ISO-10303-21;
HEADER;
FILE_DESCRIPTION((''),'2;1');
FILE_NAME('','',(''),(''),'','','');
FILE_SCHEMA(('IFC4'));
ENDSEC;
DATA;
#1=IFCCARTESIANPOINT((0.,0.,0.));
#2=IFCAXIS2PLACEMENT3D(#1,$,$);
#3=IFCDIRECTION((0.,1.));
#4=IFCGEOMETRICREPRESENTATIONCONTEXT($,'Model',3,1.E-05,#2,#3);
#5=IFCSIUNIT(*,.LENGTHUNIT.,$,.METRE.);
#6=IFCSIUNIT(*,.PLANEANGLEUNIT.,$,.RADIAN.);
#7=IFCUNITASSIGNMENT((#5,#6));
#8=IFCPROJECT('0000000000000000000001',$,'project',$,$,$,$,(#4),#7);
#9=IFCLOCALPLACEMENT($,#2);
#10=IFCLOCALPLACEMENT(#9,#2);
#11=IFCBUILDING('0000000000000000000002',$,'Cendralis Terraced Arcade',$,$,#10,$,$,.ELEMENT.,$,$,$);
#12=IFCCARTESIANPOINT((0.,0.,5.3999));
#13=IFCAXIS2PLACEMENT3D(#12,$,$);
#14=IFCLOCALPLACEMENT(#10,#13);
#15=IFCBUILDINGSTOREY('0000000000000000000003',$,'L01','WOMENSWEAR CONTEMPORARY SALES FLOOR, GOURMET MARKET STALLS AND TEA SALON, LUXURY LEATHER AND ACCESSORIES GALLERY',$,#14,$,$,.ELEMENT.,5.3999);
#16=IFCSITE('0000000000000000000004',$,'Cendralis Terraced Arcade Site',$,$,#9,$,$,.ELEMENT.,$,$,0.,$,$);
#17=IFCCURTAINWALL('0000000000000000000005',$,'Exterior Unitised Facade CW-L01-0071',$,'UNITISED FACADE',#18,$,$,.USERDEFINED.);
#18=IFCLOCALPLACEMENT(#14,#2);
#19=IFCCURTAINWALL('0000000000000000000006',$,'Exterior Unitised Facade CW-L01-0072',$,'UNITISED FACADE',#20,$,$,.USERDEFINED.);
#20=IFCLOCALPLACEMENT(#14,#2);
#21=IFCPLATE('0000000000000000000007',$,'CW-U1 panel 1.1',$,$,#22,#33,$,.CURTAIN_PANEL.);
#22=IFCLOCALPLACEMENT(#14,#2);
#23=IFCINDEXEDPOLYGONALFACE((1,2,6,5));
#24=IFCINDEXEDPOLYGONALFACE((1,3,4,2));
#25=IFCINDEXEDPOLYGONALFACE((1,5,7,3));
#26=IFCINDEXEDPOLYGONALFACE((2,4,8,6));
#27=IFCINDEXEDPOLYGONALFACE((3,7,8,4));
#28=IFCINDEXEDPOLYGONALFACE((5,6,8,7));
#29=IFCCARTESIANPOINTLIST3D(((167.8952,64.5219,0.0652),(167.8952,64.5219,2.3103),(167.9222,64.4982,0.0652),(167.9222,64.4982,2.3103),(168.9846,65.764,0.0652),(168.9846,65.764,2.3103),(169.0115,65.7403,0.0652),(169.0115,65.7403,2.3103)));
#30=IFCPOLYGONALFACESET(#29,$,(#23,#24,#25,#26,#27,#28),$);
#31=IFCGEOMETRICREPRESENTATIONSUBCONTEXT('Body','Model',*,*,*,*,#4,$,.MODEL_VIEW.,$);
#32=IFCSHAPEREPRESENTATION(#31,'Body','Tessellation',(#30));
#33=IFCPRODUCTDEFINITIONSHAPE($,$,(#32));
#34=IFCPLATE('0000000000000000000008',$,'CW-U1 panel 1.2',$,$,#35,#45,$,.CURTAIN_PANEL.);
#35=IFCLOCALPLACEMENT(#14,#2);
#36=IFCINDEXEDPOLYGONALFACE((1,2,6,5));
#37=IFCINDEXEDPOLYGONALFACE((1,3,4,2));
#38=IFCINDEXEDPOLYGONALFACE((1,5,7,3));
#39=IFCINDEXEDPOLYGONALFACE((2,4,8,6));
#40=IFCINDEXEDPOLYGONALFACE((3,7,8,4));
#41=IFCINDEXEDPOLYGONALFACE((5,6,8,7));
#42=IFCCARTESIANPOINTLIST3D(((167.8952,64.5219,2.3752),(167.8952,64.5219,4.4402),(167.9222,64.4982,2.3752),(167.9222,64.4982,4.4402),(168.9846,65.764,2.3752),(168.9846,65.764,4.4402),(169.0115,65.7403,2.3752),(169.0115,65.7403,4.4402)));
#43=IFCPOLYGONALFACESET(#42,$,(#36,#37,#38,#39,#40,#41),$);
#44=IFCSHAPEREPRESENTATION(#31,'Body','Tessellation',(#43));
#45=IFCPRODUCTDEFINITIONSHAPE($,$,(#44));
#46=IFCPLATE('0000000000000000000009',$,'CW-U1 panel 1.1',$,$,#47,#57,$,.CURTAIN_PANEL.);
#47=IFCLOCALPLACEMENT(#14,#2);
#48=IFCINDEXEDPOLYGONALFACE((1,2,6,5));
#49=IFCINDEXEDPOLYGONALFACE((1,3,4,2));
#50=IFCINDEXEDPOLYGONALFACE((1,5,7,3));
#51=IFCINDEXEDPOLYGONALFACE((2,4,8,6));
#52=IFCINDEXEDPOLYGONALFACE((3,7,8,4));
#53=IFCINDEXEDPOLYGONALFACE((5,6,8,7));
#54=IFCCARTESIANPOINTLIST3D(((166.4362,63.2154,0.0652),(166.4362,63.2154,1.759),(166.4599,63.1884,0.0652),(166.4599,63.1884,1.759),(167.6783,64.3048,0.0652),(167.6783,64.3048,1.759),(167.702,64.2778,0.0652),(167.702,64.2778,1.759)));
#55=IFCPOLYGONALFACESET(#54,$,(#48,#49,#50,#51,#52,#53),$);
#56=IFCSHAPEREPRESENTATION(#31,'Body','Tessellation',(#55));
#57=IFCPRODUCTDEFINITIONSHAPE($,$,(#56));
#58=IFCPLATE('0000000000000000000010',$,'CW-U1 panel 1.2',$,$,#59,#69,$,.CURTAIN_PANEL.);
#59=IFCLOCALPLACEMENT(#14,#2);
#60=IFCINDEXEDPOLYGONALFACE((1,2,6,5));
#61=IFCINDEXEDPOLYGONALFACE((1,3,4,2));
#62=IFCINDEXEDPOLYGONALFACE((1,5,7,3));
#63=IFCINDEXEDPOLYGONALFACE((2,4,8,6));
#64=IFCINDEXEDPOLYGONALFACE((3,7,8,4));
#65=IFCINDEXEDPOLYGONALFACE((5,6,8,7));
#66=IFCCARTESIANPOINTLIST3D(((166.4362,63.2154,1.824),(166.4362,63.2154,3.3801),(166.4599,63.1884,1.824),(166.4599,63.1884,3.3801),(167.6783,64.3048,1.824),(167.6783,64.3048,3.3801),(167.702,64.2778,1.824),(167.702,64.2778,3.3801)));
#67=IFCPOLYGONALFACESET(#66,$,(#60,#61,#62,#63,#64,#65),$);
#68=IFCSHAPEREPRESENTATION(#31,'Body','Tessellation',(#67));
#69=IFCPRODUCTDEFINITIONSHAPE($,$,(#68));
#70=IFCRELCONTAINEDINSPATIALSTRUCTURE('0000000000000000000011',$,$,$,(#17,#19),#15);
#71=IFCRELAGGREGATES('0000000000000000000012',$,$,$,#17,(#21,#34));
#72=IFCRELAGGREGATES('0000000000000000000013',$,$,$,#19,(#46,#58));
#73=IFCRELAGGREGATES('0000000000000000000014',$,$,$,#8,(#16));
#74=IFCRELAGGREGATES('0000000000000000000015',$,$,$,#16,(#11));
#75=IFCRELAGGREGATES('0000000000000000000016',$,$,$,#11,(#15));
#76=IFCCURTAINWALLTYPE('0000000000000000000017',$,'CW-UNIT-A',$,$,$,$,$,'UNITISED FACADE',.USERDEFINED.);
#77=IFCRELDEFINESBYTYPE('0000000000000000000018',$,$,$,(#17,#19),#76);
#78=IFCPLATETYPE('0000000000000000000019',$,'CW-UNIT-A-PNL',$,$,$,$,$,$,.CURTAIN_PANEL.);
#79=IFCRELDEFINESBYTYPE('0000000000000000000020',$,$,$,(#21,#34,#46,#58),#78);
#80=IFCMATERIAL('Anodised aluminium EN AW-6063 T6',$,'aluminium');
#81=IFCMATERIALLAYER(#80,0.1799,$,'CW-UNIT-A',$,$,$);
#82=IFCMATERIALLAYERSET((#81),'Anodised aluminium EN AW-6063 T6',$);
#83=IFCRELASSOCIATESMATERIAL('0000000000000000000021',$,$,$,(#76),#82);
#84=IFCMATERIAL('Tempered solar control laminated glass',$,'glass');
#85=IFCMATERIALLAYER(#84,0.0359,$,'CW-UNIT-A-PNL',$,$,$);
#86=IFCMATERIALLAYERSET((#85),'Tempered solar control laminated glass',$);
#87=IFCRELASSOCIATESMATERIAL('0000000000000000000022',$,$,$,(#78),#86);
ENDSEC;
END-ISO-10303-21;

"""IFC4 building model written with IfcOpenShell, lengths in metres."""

from ifc_helpers import new_model, si_unit, direction, frame, origin, origin_2d, place, context, subcontext, project, spatial, rectangle, extrude, material, layer, layer_set, type_object, element, aggregate, save


model = new_model("IFC4")

# Units and contexts
model_context = context("Model", 3, precision=1e-05, world=origin(), true_north=direction((0.0, 1.0)))
body_context = subcontext(model_context, "Body", "Model", "MODEL_VIEW")
ifc_project = project(units=[si_unit("LENGTHUNIT", "METRE"), si_unit("PLANEANGLEUNIT", "RADIAN")], contexts=[model_context])

# Site, building, storey
site_placement = place(None, origin())
site = spatial("IfcSite", under=ifc_project, at=site_placement, Name="Cendralis Terraced Arcade Site", CompositionType="ELEMENT", RefElevation=0.0)
building_placement = place(site_placement, origin())
building = spatial("IfcBuilding", under=site, at=building_placement, Name="Cendralis Terraced Arcade", CompositionType="ELEMENT")
storey_placement = place(building_placement, frame((0.0, 0.0, 5.3999)))
storey = spatial("IfcBuildingStorey", under=building, at=storey_placement, Name="L01", Description="WOMENSWEAR CONTEMPORARY SALES FLOOR, GOURMET MARKET STALLS AND TEA SALON, LUXURY LEATHER AND ACCESSORIES GALLERY", CompositionType="ELEMENT", Elevation=5.3999)

# Shared definitions
ifc_material_1 = material(Name="Anodised aluminium EN AW-6063 T6", Category="aluminium")
ifc_layer_1 = layer(ifc_material_1, 0.1799, Name="CW-UNIT-A")
ifc_layer_set_1 = layer_set([ifc_layer_1], Name="Anodised aluminium EN AW-6063 T6")
curtain_wall_type = type_object("IfcCurtainWallType", Name="CW-UNIT-A", ElementType="UNITISED FACADE", PredefinedType="USERDEFINED", material=ifc_layer_set_1)

# Curtain walls
curtain_wall_1_placement = place(storey_placement, origin())
curtain_wall_1 = element("IfcCurtainWall", 1, at=curtain_wall_1_placement, inside=storey, type_object=curtain_wall_type, Name="Exterior Unitised Facade CW-L01-0071", ObjectType="UNITISED FACADE", PredefinedType="USERDEFINED")
curtain_wall_2_placement = place(storey_placement, origin())
curtain_wall_2 = element("IfcCurtainWall", 2, at=curtain_wall_2_placement, inside=storey, type_object=curtain_wall_type, Name="Exterior Unitised Facade CW-L01-0072", ObjectType="UNITISED FACADE", PredefinedType="USERDEFINED")

# Plates
ifc_material_2 = material(Name="Tempered solar control laminated glass", Category="glass")
ifc_layer_2 = layer(ifc_material_2, 0.0359, Name="CW-UNIT-A-PNL")
ifc_layer_set_2 = layer_set([ifc_layer_2], Name="Tempered solar control laminated glass")
plate_type = type_object("IfcPlateType", Name="CW-UNIT-A-PNL", PredefinedType="CURTAIN_PANEL", material=ifc_layer_set_2)
plate_1_placement = place(storey_placement, frame((168.4534, 65.1311, 0.0652), z_axis=(0.0, 0.0, 1.0), x_axis=(-0.659386, -0.751804, 0.0)))
plate_1 = element("IfcPlate", 3, at=plate_1_placement, type_object=plate_type, Name="CW-U1 panel 1.1", PredefinedType="CURTAIN_PANEL", context=body_context, shape_type="SweptSolid", body=[
    extrude(rectangle(XDim=1.6521, YDim=0.0359, at=origin_2d()), origin(), (0.0, 0.0, 1.0), 2.2451),
])
plate_2_placement = place(storey_placement, frame((168.4534, 65.1311, 2.3752), z_axis=(0.0, 0.0, 1.0), x_axis=(-0.659386, -0.751804, 0.0)))
plate_2 = element("IfcPlate", 4, at=plate_2_placement, type_object=plate_type, Name="CW-U1 panel 1.2", PredefinedType="CURTAIN_PANEL", context=body_context, shape_type="SweptSolid", body=[
    extrude(rectangle(XDim=1.6521, YDim=0.0359, at=origin_2d()), origin(), (0.0, 0.0, 1.0), 2.0649),
])
aggregate(curtain_wall_1, [plate_1, plate_2])
plate_3_placement = place(storey_placement, frame((167.0691, 63.7466, 0.0652), z_axis=(0.0, 0.0, 1.0), x_axis=(-0.751804, -0.659386, 0.0)))
plate_3 = element("IfcPlate", 5, at=plate_3_placement, type_object=plate_type, Name="CW-U1 panel 1.1", PredefinedType="CURTAIN_PANEL", context=body_context, shape_type="SweptSolid", body=[
    extrude(rectangle(XDim=1.6521, YDim=0.0359, at=origin_2d()), origin(), (0.0, 0.0, 1.0), 1.6938),
])
plate_4_placement = place(storey_placement, frame((167.0691, 63.7466, 1.824), z_axis=(0.0, 0.0, 1.0), x_axis=(-0.751804, -0.659386, 0.0)))
plate_4 = element("IfcPlate", 6, at=plate_4_placement, type_object=plate_type, Name="CW-U1 panel 1.2", PredefinedType="CURTAIN_PANEL", context=body_context, shape_type="SweptSolid", body=[
    extrude(rectangle(XDim=1.6521, YDim=0.0359, at=origin_2d()), origin(), (0.0, 0.0, 1.0), 1.5562),
])
aggregate(curtain_wall_2, [plate_3, plate_4])

save(model, "model.ifc")
